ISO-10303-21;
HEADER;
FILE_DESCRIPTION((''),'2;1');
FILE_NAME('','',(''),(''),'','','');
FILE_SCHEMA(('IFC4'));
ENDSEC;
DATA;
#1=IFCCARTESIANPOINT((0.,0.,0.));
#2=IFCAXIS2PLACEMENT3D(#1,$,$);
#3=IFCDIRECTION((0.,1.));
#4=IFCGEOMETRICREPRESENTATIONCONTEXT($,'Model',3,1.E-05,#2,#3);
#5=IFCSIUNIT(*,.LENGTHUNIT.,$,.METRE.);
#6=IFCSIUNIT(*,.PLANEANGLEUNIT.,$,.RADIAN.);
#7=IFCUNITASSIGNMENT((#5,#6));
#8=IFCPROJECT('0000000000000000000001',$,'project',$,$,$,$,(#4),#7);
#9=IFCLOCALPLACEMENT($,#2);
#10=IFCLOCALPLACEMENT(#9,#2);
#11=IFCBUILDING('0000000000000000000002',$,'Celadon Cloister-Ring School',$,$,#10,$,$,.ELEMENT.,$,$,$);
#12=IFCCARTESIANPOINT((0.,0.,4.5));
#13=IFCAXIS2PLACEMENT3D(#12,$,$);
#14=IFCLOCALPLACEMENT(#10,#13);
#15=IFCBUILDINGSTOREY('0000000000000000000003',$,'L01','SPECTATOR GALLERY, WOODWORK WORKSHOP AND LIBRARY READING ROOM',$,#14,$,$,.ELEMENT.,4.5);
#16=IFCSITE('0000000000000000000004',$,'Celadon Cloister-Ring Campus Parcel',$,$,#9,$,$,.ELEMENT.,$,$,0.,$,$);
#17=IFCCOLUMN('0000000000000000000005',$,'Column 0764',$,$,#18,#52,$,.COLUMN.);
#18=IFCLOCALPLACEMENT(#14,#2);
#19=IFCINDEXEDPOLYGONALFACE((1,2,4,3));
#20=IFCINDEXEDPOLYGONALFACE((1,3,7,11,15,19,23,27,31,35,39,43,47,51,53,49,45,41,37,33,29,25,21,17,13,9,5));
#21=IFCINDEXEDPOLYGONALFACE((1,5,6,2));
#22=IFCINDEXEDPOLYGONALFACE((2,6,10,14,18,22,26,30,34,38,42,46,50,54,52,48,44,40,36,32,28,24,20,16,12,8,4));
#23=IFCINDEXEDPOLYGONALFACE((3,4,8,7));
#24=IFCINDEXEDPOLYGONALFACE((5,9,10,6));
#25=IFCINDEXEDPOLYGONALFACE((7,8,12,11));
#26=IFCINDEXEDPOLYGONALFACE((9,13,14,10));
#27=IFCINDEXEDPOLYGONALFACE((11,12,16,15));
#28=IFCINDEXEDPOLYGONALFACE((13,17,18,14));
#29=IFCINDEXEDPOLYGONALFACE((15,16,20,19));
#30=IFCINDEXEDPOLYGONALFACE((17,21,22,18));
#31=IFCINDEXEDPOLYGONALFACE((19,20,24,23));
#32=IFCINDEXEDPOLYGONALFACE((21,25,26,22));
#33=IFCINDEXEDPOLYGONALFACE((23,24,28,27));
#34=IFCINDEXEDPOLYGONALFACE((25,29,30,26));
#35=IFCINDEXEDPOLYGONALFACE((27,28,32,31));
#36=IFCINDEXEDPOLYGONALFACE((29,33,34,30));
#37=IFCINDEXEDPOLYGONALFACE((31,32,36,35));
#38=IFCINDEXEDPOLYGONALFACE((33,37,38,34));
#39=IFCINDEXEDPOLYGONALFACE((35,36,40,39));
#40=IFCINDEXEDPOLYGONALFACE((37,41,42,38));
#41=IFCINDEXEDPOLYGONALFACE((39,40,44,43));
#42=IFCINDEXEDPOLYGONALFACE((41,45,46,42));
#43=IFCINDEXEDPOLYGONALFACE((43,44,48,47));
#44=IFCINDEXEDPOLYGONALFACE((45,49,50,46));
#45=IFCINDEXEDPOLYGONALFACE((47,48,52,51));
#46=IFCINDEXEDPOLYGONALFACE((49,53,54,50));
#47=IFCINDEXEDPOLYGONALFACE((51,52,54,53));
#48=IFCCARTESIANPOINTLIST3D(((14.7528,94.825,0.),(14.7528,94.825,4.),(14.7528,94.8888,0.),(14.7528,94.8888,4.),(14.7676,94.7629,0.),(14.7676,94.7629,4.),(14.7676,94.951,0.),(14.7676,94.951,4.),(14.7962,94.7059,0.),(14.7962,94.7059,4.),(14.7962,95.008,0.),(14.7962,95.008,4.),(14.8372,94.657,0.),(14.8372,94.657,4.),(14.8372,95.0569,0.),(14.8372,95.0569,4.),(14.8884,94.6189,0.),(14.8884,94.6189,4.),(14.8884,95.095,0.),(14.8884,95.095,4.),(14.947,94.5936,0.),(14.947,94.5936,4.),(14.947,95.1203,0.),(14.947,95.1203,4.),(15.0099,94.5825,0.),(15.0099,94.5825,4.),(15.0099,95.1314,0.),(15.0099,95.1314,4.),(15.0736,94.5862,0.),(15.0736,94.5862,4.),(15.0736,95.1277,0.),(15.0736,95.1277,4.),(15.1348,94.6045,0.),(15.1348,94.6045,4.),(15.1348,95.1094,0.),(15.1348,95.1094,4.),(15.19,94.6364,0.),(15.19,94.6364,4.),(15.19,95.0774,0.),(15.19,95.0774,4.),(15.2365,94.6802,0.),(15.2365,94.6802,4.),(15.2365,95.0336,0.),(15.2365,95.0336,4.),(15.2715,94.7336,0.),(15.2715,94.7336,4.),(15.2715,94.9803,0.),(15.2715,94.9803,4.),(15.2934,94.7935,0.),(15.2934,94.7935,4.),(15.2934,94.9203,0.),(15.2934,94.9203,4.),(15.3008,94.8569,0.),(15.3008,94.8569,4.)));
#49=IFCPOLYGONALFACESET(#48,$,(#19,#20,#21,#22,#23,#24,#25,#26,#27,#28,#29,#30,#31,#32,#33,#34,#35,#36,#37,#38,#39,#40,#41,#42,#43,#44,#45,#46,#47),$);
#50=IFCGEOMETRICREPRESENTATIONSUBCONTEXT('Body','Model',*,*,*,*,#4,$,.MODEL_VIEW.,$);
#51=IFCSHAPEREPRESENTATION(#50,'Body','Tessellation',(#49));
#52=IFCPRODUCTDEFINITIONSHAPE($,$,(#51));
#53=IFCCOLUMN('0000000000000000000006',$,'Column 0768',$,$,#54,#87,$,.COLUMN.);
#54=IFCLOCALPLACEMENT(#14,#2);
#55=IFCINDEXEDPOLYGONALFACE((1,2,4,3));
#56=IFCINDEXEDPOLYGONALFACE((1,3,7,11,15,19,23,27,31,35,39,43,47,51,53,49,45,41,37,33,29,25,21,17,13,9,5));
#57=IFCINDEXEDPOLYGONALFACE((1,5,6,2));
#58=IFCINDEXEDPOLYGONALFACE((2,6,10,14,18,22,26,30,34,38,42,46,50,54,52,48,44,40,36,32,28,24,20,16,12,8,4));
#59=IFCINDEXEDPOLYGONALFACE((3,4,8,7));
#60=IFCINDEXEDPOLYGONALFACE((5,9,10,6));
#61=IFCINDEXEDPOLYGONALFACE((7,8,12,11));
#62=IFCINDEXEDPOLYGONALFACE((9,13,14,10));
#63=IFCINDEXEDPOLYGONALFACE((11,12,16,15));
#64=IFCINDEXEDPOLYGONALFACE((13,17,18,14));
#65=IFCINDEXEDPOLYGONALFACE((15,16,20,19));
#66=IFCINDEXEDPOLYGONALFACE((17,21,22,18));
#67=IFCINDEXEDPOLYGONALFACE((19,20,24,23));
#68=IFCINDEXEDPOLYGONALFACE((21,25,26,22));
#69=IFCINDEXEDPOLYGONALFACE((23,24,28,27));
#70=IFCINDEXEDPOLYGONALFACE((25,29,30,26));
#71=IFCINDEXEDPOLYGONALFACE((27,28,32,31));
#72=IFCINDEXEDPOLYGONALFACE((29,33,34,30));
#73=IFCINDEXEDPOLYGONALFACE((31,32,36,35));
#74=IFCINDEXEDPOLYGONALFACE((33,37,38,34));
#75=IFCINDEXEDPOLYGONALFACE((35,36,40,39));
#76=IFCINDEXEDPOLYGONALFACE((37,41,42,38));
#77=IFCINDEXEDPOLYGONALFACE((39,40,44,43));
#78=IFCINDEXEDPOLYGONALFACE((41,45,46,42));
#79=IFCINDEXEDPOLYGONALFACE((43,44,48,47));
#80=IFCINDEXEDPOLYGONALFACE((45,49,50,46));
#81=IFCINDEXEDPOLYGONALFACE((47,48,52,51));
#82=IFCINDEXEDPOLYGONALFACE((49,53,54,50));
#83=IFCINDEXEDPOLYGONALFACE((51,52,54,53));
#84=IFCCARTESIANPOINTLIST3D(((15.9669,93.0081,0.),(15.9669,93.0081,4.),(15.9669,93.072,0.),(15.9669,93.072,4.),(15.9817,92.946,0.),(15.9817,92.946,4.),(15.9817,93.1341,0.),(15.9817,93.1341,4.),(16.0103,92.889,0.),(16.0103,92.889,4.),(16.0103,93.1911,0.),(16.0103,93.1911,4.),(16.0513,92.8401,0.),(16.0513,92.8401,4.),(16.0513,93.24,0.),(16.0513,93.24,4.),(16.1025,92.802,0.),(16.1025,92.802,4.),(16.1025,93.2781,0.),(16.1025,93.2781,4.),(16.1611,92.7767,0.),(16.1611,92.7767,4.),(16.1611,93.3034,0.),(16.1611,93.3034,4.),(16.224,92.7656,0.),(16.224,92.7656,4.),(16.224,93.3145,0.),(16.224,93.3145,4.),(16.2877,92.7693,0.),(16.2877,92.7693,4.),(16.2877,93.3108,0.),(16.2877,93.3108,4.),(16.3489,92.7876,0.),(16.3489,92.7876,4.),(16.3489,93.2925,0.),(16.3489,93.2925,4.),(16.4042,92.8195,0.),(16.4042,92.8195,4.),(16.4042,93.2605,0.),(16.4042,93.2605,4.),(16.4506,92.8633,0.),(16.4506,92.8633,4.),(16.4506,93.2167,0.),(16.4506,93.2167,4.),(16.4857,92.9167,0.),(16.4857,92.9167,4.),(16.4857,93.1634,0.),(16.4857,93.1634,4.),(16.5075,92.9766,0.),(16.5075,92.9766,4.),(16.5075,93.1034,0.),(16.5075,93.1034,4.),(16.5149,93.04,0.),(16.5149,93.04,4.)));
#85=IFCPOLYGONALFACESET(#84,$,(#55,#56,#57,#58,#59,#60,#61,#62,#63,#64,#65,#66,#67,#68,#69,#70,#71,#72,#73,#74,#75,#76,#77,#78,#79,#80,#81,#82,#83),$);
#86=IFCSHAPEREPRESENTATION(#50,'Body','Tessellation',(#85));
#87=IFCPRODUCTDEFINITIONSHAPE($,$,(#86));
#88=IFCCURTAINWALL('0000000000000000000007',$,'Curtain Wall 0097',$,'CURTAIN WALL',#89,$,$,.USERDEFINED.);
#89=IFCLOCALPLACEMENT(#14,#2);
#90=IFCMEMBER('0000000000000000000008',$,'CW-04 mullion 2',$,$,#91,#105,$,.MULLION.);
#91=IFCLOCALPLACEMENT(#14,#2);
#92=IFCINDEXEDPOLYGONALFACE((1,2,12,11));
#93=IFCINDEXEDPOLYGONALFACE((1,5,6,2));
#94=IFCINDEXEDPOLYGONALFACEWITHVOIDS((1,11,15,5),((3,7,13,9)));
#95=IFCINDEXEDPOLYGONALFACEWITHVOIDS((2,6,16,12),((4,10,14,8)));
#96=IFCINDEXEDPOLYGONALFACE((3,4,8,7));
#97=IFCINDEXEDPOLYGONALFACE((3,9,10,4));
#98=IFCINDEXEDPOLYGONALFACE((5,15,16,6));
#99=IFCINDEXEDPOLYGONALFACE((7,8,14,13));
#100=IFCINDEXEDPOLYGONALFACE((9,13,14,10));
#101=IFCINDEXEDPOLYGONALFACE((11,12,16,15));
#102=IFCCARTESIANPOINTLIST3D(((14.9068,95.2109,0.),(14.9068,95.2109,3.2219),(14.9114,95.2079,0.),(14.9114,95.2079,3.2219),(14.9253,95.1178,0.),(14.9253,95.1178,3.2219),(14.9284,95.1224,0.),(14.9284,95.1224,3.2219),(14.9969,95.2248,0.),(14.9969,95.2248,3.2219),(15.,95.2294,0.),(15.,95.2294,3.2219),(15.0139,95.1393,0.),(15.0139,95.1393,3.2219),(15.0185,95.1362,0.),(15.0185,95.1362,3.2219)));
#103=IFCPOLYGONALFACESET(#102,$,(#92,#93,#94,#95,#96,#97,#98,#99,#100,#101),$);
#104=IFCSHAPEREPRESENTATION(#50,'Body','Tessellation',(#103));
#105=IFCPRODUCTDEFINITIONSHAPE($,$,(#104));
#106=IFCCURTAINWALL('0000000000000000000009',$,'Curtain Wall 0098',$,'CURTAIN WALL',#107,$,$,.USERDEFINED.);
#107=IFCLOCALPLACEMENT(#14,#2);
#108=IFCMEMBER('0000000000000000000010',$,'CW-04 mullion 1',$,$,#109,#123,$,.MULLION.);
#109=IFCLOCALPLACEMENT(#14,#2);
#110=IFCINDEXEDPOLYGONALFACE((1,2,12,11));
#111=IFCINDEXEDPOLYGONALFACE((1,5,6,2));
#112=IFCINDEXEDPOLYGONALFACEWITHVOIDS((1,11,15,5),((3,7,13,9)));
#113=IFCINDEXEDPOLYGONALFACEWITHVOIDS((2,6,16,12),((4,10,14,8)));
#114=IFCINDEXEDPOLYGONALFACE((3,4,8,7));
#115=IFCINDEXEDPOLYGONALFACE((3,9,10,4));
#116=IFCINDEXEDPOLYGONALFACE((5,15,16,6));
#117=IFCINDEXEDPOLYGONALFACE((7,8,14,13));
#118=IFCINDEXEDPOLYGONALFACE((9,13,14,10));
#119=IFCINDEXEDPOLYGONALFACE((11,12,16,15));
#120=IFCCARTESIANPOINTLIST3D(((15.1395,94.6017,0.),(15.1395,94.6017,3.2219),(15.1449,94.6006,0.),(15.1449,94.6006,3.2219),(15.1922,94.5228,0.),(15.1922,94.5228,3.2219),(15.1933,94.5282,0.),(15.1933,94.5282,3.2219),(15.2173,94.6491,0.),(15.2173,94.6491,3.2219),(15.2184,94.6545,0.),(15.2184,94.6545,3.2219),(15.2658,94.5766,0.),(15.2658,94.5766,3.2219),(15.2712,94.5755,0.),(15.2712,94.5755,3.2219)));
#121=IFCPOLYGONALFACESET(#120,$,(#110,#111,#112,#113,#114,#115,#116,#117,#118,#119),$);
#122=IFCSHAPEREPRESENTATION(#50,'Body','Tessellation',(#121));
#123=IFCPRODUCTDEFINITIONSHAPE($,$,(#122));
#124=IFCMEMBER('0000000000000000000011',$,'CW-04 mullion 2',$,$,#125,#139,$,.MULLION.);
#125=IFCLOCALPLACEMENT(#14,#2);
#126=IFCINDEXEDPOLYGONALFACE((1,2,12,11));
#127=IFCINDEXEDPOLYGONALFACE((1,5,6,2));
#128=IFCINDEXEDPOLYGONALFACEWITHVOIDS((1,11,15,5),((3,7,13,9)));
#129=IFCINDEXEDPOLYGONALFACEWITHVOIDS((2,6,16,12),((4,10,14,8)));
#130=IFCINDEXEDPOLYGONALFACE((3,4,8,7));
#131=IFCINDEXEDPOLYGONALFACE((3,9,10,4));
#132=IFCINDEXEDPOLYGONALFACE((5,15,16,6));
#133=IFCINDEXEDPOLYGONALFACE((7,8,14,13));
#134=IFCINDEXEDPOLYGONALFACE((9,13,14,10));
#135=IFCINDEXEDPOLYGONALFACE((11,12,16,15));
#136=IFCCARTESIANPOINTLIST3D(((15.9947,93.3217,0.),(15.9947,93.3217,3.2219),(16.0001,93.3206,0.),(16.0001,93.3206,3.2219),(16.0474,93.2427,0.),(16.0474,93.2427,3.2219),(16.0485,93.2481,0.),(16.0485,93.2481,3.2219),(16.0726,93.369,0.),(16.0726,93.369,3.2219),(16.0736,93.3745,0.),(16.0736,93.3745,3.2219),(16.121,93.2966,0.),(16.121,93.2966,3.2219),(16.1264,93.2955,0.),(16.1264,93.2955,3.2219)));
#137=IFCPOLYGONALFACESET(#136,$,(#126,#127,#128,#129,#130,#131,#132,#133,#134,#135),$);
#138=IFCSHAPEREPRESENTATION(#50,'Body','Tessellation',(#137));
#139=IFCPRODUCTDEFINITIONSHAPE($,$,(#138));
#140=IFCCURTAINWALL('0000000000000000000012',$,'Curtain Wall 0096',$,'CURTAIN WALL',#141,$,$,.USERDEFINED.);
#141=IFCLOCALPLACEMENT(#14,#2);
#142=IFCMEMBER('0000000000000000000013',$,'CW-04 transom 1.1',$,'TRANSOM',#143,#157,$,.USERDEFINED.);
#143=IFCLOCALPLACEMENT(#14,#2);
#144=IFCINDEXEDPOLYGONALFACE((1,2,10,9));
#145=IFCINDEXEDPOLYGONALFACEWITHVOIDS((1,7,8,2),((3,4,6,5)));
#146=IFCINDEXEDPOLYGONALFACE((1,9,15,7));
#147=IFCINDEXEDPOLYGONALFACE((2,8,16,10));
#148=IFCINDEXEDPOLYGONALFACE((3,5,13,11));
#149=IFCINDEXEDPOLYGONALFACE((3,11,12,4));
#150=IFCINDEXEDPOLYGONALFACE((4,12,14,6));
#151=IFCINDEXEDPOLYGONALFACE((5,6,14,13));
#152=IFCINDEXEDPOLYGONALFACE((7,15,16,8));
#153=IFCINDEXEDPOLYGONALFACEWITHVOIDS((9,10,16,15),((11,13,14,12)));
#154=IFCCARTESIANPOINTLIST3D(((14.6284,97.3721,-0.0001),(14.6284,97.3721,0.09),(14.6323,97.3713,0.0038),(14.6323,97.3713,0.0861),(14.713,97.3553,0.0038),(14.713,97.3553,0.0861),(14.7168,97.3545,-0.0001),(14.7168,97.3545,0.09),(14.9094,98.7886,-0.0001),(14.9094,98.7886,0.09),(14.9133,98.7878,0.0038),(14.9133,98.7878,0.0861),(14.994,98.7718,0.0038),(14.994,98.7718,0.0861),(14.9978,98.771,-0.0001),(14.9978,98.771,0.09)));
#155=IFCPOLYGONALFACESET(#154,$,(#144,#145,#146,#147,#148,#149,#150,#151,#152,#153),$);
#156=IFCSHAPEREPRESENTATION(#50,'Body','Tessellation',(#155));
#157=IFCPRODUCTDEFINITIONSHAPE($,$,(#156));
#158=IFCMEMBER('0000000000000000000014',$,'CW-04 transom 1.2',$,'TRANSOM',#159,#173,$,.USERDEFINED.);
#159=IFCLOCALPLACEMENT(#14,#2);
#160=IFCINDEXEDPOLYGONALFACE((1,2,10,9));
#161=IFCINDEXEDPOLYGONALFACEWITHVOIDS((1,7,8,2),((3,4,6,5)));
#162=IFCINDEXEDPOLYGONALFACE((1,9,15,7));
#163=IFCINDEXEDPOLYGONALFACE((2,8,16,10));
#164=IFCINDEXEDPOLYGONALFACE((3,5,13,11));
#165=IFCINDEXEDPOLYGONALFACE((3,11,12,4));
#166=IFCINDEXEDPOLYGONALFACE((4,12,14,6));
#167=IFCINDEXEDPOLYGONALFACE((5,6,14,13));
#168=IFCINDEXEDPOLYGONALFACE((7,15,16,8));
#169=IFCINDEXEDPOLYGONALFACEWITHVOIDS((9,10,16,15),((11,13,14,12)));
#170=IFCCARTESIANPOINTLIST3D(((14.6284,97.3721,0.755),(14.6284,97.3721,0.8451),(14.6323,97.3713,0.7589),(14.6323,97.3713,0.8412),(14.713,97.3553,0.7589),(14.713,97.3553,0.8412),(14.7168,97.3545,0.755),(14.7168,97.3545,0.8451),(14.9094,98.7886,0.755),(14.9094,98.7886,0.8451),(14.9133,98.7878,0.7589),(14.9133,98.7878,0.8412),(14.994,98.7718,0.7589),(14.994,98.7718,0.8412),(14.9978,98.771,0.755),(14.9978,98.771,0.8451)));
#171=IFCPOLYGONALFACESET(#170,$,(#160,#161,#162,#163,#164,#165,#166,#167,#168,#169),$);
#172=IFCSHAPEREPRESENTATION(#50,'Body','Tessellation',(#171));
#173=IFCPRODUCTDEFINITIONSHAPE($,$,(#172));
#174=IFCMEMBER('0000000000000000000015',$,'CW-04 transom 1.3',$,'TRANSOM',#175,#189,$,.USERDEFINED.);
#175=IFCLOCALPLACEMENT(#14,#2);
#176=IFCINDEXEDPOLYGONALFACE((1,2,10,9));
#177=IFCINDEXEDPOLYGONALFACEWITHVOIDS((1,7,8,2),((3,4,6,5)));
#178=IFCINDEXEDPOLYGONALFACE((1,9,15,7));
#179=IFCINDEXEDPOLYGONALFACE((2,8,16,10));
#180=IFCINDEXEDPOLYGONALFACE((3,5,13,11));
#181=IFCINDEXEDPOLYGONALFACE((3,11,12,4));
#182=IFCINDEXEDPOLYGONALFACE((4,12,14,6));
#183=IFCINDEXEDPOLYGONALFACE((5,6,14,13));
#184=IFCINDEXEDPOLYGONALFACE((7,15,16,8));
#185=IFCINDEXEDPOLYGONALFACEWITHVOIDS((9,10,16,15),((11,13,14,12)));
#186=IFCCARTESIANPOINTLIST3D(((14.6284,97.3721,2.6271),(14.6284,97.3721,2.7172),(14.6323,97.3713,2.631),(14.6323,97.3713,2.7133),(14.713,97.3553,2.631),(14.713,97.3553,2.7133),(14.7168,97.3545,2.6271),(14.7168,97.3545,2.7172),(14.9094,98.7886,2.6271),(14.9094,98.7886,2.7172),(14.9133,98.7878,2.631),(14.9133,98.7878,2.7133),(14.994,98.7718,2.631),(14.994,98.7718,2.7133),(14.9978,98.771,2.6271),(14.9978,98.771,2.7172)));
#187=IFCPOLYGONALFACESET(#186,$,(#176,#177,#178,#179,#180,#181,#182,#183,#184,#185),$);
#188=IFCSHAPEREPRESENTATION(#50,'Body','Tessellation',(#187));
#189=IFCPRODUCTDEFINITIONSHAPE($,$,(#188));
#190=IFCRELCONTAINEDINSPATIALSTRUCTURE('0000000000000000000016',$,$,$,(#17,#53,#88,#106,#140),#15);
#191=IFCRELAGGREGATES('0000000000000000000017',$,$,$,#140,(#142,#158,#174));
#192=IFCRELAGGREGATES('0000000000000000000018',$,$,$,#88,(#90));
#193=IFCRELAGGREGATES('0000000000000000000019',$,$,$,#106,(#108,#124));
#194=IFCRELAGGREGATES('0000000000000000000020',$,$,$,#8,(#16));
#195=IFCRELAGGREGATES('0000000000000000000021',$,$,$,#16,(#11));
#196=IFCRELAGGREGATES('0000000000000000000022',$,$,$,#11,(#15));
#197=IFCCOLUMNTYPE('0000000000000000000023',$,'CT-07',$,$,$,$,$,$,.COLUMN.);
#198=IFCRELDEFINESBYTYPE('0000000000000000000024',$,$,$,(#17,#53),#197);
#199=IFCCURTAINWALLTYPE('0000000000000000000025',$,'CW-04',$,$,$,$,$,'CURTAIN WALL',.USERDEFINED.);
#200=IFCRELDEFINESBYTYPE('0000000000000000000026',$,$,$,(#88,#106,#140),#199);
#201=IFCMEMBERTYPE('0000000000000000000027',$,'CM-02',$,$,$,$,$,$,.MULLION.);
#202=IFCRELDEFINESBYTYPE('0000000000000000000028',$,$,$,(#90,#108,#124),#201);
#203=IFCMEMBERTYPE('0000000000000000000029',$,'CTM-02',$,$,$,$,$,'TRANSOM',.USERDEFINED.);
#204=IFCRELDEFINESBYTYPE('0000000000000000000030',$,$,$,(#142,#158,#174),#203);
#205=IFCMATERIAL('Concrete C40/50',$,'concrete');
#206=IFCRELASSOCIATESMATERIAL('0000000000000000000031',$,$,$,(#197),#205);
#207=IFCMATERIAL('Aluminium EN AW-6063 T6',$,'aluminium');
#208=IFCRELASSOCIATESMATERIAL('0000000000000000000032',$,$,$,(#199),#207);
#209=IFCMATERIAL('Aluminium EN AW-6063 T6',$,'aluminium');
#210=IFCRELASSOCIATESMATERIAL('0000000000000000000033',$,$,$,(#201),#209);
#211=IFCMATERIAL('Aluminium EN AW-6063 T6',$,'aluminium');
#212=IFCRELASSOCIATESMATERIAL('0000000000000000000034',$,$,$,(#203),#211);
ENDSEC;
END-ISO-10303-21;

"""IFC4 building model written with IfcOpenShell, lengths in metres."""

from ifc_helpers import new_model, si_unit, direction, frame, origin, origin_2d, place, context, subcontext, project, spatial, hollow_rectangle, circle, extrude, material, material_profile, profile_set, type_object, element, aggregate, save


model = new_model("IFC4")

# Units and contexts
model_context = context("Model", 3, precision=1e-05, world=origin(), true_north=direction((0.0, 1.0)))
body_context = subcontext(model_context, "Body", "Model", "MODEL_VIEW")
ifc_project = project(units=[si_unit("LENGTHUNIT", "METRE"), si_unit("PLANEANGLEUNIT", "RADIAN")], contexts=[model_context])

# Site, building, storey
site_placement = place(None, origin())
site = spatial("IfcSite", under=ifc_project, at=site_placement, Name="Celadon Cloister-Ring Campus Parcel", CompositionType="ELEMENT", RefElevation=0.0)
building_placement = place(site_placement, origin())
building = spatial("IfcBuilding", under=site, at=building_placement, Name="Celadon Cloister-Ring School", CompositionType="ELEMENT")
storey_placement = place(building_placement, frame((0.0, 0.0, 4.5)))
storey = spatial("IfcBuildingStorey", under=building, at=storey_placement, Name="L01", Description="SPECTATOR GALLERY, WOODWORK WORKSHOP AND LIBRARY READING ROOM", CompositionType="ELEMENT", Elevation=4.5)

# Columns
ifc_material_1 = material(Name="Concrete C40/50", Category="concrete")
ifc_material_profile_1 = material_profile(ifc_material_1, circle(Radius=0.2749, at=origin_2d()), Name="CIRC550")
ifc_profile_set_1 = profile_set([ifc_material_profile_1], Name="Concrete C40/50")
column_type = type_object("IfcColumnType", Name="CT-07", PredefinedType="COLUMN", material=ifc_profile_set_1)
for number, where, z_axis, x_axis, name in (
    (1, (15.0259, 94.8569, 0.0), (0.0, 0.0, 1.0), (1.0, 0.0, 0.0), "Column 0764"),
    (2, (16.24, 93.04, 0.0), (0.0, 0.0, 1.0), (1.0, 0.0, 0.0), "Column 0768"),
):
    element("IfcColumn", number, at=place(storey_placement, frame(where, z_axis=z_axis, x_axis=x_axis)), inside=storey, type_object=column_type, Name=name, PredefinedType="COLUMN", context=body_context, shape_type="SweptSolid", body=[
        extrude(circle(Radius=0.2749, at=origin_2d()), origin(), (0.0, 0.0, 1.0), 4.0),
    ])

# Curtain wall, member
ifc_material_2 = material(Name="Aluminium EN AW-6063 T6", Category="aluminium")
curtain_wall_type = type_object("IfcCurtainWallType", Name="CW-04", ElementType="CURTAIN WALL", PredefinedType="USERDEFINED", material=ifc_material_2)
curtain_wall_1_placement = place(storey_placement, origin())
curtain_wall_1 = element("IfcCurtainWall", 3, at=curtain_wall_1_placement, inside=storey, type_object=curtain_wall_type, Name="Curtain Wall 0097", ObjectType="CURTAIN WALL", PredefinedType="USERDEFINED")
ifc_material_3 = material(Name="Aluminium EN AW-6063 T6", Category="aluminium")
ifc_material_profile_2 = material_profile(ifc_material_3, hollow_rectangle(XDim=0.095, YDim=0.095, WallThickness=0.0039, at=origin_2d()), Name="RHS95X95X4")
ifc_profile_set_2 = profile_set([ifc_material_profile_2], Name="Aluminium EN AW-6063 T6")
member_type_1 = type_object("IfcMemberType", Name="CM-02", PredefinedType="MULLION", material=ifc_profile_set_2)
member_1_placement = place(storey_placement, frame((14.9626, 95.1736, 0.0), z_axis=(0.0, 0.0, 1.0), x_axis=(0.980885, 0.194586, 0.0)))
member_1 = element("IfcMember", 4, at=member_1_placement, type_object=member_type_1, Name="CW-04 mullion 2", PredefinedType="MULLION", context=body_context, shape_type="SweptSolid", body=[
    extrude(hollow_rectangle(XDim=0.095, YDim=0.095, WallThickness=0.0039, at=origin_2d()), origin(), (0.0, 0.0, 1.0), 3.2219),
])

# Curtain walls, members
curtain_wall_2_placement = place(storey_placement, origin())
curtain_wall_2 = element("IfcCurtainWall", 5, at=curtain_wall_2_placement, inside=storey, type_object=curtain_wall_type, Name="Curtain Wall 0098", ObjectType="CURTAIN WALL", PredefinedType="USERDEFINED")
member_2_placement = place(storey_placement, frame((15.2053, 94.5886, 0.0), z_axis=(0.0, 0.0, 1.0), x_axis=(0.831485, 0.555547, 0.0)))
member_2 = element("IfcMember", 6, at=member_2_placement, type_object=member_type_1, Name="CW-04 mullion 1", PredefinedType="MULLION", context=body_context, shape_type="SweptSolid", body=[
    extrude(hollow_rectangle(XDim=0.095, YDim=0.095, WallThickness=0.0039, at=origin_2d()), origin(), (0.0, 0.0, 1.0), 3.2219),
])
member_3_placement = place(storey_placement, frame((16.0605, 93.3086, 0.0), z_axis=(0.0, 0.0, 1.0), x_axis=(0.831485, 0.555547, 0.0)))
member_3 = element("IfcMember", 7, at=member_3_placement, type_object=member_type_1, Name="CW-04 mullion 2", PredefinedType="MULLION", context=body_context, shape_type="SweptSolid", body=[
    extrude(hollow_rectangle(XDim=0.095, YDim=0.095, WallThickness=0.0039, at=origin_2d()), origin(), (0.0, 0.0, 1.0), 3.2219),
])
curtain_wall_3_placement = place(storey_placement, origin())
curtain_wall_3 = element("IfcCurtainWall", 8, at=curtain_wall_3_placement, inside=storey, type_object=curtain_wall_type, Name="Curtain Wall 0096", ObjectType="CURTAIN WALL", PredefinedType="USERDEFINED")
ifc_material_4 = material(Name="Aluminium EN AW-6063 T6", Category="aluminium")
ifc_material_profile_3 = material_profile(ifc_material_4, hollow_rectangle(XDim=0.0901, YDim=0.0901, WallThickness=0.0039, at=origin_2d()), Name="RHS90X90X4")
ifc_profile_set_3 = profile_set([ifc_material_profile_3], Name="Aluminium EN AW-6063 T6")
member_type_2 = type_object("IfcMemberType", Name="CTM-02", ElementType="TRANSOM", PredefinedType="USERDEFINED", material=ifc_profile_set_3)
member_4_placement = place(storey_placement, frame((14.9536, 98.7798, 0.0449), z_axis=(-0.194588, -0.980885, 0.0), x_axis=(0.980885, -0.194588, 0.0)))
member_4 = element("IfcMember", 9, at=member_4_placement, type_object=member_type_2, Name="CW-04 transom 1.1", ObjectType="TRANSOM", PredefinedType="USERDEFINED", context=body_context, shape_type="SweptSolid", body=[
    extrude(hollow_rectangle(XDim=0.0901, YDim=0.0901, WallThickness=0.0039, at=origin_2d()), origin(), (0.0, 0.0, 1.0), 1.4441),
])
member_5_placement = place(storey_placement, frame((14.9536, 98.7798, 0.8), z_axis=(-0.194588, -0.980885, 0.0), x_axis=(0.980885, -0.194588, 0.0)))
member_5 = element("IfcMember", 10, at=member_5_placement, type_object=member_type_2, Name="CW-04 transom 1.2", ObjectType="TRANSOM", PredefinedType="USERDEFINED", context=body_context, shape_type="SweptSolid", body=[
    extrude(hollow_rectangle(XDim=0.0901, YDim=0.0901, WallThickness=0.0039, at=origin_2d()), origin(), (0.0, 0.0, 1.0), 1.4441),
])
member_6_placement = place(storey_placement, frame((14.9536, 98.7798, 2.6721), z_axis=(-0.194588, -0.980885, 0.0), x_axis=(0.980885, -0.194588, 0.0)))
member_6 = element("IfcMember", 11, at=member_6_placement, type_object=member_type_2, Name="CW-04 transom 1.3", ObjectType="TRANSOM", PredefinedType="USERDEFINED", context=body_context, shape_type="SweptSolid", body=[
    extrude(hollow_rectangle(XDim=0.0901, YDim=0.0901, WallThickness=0.0039, at=origin_2d()), origin(), (0.0, 0.0, 1.0), 1.4441),
])

aggregate(curtain_wall_3, [member_4, member_5, member_6])
aggregate(curtain_wall_1, [member_1])
aggregate(curtain_wall_2, [member_2, member_3])

save(model, "model.ifc")
